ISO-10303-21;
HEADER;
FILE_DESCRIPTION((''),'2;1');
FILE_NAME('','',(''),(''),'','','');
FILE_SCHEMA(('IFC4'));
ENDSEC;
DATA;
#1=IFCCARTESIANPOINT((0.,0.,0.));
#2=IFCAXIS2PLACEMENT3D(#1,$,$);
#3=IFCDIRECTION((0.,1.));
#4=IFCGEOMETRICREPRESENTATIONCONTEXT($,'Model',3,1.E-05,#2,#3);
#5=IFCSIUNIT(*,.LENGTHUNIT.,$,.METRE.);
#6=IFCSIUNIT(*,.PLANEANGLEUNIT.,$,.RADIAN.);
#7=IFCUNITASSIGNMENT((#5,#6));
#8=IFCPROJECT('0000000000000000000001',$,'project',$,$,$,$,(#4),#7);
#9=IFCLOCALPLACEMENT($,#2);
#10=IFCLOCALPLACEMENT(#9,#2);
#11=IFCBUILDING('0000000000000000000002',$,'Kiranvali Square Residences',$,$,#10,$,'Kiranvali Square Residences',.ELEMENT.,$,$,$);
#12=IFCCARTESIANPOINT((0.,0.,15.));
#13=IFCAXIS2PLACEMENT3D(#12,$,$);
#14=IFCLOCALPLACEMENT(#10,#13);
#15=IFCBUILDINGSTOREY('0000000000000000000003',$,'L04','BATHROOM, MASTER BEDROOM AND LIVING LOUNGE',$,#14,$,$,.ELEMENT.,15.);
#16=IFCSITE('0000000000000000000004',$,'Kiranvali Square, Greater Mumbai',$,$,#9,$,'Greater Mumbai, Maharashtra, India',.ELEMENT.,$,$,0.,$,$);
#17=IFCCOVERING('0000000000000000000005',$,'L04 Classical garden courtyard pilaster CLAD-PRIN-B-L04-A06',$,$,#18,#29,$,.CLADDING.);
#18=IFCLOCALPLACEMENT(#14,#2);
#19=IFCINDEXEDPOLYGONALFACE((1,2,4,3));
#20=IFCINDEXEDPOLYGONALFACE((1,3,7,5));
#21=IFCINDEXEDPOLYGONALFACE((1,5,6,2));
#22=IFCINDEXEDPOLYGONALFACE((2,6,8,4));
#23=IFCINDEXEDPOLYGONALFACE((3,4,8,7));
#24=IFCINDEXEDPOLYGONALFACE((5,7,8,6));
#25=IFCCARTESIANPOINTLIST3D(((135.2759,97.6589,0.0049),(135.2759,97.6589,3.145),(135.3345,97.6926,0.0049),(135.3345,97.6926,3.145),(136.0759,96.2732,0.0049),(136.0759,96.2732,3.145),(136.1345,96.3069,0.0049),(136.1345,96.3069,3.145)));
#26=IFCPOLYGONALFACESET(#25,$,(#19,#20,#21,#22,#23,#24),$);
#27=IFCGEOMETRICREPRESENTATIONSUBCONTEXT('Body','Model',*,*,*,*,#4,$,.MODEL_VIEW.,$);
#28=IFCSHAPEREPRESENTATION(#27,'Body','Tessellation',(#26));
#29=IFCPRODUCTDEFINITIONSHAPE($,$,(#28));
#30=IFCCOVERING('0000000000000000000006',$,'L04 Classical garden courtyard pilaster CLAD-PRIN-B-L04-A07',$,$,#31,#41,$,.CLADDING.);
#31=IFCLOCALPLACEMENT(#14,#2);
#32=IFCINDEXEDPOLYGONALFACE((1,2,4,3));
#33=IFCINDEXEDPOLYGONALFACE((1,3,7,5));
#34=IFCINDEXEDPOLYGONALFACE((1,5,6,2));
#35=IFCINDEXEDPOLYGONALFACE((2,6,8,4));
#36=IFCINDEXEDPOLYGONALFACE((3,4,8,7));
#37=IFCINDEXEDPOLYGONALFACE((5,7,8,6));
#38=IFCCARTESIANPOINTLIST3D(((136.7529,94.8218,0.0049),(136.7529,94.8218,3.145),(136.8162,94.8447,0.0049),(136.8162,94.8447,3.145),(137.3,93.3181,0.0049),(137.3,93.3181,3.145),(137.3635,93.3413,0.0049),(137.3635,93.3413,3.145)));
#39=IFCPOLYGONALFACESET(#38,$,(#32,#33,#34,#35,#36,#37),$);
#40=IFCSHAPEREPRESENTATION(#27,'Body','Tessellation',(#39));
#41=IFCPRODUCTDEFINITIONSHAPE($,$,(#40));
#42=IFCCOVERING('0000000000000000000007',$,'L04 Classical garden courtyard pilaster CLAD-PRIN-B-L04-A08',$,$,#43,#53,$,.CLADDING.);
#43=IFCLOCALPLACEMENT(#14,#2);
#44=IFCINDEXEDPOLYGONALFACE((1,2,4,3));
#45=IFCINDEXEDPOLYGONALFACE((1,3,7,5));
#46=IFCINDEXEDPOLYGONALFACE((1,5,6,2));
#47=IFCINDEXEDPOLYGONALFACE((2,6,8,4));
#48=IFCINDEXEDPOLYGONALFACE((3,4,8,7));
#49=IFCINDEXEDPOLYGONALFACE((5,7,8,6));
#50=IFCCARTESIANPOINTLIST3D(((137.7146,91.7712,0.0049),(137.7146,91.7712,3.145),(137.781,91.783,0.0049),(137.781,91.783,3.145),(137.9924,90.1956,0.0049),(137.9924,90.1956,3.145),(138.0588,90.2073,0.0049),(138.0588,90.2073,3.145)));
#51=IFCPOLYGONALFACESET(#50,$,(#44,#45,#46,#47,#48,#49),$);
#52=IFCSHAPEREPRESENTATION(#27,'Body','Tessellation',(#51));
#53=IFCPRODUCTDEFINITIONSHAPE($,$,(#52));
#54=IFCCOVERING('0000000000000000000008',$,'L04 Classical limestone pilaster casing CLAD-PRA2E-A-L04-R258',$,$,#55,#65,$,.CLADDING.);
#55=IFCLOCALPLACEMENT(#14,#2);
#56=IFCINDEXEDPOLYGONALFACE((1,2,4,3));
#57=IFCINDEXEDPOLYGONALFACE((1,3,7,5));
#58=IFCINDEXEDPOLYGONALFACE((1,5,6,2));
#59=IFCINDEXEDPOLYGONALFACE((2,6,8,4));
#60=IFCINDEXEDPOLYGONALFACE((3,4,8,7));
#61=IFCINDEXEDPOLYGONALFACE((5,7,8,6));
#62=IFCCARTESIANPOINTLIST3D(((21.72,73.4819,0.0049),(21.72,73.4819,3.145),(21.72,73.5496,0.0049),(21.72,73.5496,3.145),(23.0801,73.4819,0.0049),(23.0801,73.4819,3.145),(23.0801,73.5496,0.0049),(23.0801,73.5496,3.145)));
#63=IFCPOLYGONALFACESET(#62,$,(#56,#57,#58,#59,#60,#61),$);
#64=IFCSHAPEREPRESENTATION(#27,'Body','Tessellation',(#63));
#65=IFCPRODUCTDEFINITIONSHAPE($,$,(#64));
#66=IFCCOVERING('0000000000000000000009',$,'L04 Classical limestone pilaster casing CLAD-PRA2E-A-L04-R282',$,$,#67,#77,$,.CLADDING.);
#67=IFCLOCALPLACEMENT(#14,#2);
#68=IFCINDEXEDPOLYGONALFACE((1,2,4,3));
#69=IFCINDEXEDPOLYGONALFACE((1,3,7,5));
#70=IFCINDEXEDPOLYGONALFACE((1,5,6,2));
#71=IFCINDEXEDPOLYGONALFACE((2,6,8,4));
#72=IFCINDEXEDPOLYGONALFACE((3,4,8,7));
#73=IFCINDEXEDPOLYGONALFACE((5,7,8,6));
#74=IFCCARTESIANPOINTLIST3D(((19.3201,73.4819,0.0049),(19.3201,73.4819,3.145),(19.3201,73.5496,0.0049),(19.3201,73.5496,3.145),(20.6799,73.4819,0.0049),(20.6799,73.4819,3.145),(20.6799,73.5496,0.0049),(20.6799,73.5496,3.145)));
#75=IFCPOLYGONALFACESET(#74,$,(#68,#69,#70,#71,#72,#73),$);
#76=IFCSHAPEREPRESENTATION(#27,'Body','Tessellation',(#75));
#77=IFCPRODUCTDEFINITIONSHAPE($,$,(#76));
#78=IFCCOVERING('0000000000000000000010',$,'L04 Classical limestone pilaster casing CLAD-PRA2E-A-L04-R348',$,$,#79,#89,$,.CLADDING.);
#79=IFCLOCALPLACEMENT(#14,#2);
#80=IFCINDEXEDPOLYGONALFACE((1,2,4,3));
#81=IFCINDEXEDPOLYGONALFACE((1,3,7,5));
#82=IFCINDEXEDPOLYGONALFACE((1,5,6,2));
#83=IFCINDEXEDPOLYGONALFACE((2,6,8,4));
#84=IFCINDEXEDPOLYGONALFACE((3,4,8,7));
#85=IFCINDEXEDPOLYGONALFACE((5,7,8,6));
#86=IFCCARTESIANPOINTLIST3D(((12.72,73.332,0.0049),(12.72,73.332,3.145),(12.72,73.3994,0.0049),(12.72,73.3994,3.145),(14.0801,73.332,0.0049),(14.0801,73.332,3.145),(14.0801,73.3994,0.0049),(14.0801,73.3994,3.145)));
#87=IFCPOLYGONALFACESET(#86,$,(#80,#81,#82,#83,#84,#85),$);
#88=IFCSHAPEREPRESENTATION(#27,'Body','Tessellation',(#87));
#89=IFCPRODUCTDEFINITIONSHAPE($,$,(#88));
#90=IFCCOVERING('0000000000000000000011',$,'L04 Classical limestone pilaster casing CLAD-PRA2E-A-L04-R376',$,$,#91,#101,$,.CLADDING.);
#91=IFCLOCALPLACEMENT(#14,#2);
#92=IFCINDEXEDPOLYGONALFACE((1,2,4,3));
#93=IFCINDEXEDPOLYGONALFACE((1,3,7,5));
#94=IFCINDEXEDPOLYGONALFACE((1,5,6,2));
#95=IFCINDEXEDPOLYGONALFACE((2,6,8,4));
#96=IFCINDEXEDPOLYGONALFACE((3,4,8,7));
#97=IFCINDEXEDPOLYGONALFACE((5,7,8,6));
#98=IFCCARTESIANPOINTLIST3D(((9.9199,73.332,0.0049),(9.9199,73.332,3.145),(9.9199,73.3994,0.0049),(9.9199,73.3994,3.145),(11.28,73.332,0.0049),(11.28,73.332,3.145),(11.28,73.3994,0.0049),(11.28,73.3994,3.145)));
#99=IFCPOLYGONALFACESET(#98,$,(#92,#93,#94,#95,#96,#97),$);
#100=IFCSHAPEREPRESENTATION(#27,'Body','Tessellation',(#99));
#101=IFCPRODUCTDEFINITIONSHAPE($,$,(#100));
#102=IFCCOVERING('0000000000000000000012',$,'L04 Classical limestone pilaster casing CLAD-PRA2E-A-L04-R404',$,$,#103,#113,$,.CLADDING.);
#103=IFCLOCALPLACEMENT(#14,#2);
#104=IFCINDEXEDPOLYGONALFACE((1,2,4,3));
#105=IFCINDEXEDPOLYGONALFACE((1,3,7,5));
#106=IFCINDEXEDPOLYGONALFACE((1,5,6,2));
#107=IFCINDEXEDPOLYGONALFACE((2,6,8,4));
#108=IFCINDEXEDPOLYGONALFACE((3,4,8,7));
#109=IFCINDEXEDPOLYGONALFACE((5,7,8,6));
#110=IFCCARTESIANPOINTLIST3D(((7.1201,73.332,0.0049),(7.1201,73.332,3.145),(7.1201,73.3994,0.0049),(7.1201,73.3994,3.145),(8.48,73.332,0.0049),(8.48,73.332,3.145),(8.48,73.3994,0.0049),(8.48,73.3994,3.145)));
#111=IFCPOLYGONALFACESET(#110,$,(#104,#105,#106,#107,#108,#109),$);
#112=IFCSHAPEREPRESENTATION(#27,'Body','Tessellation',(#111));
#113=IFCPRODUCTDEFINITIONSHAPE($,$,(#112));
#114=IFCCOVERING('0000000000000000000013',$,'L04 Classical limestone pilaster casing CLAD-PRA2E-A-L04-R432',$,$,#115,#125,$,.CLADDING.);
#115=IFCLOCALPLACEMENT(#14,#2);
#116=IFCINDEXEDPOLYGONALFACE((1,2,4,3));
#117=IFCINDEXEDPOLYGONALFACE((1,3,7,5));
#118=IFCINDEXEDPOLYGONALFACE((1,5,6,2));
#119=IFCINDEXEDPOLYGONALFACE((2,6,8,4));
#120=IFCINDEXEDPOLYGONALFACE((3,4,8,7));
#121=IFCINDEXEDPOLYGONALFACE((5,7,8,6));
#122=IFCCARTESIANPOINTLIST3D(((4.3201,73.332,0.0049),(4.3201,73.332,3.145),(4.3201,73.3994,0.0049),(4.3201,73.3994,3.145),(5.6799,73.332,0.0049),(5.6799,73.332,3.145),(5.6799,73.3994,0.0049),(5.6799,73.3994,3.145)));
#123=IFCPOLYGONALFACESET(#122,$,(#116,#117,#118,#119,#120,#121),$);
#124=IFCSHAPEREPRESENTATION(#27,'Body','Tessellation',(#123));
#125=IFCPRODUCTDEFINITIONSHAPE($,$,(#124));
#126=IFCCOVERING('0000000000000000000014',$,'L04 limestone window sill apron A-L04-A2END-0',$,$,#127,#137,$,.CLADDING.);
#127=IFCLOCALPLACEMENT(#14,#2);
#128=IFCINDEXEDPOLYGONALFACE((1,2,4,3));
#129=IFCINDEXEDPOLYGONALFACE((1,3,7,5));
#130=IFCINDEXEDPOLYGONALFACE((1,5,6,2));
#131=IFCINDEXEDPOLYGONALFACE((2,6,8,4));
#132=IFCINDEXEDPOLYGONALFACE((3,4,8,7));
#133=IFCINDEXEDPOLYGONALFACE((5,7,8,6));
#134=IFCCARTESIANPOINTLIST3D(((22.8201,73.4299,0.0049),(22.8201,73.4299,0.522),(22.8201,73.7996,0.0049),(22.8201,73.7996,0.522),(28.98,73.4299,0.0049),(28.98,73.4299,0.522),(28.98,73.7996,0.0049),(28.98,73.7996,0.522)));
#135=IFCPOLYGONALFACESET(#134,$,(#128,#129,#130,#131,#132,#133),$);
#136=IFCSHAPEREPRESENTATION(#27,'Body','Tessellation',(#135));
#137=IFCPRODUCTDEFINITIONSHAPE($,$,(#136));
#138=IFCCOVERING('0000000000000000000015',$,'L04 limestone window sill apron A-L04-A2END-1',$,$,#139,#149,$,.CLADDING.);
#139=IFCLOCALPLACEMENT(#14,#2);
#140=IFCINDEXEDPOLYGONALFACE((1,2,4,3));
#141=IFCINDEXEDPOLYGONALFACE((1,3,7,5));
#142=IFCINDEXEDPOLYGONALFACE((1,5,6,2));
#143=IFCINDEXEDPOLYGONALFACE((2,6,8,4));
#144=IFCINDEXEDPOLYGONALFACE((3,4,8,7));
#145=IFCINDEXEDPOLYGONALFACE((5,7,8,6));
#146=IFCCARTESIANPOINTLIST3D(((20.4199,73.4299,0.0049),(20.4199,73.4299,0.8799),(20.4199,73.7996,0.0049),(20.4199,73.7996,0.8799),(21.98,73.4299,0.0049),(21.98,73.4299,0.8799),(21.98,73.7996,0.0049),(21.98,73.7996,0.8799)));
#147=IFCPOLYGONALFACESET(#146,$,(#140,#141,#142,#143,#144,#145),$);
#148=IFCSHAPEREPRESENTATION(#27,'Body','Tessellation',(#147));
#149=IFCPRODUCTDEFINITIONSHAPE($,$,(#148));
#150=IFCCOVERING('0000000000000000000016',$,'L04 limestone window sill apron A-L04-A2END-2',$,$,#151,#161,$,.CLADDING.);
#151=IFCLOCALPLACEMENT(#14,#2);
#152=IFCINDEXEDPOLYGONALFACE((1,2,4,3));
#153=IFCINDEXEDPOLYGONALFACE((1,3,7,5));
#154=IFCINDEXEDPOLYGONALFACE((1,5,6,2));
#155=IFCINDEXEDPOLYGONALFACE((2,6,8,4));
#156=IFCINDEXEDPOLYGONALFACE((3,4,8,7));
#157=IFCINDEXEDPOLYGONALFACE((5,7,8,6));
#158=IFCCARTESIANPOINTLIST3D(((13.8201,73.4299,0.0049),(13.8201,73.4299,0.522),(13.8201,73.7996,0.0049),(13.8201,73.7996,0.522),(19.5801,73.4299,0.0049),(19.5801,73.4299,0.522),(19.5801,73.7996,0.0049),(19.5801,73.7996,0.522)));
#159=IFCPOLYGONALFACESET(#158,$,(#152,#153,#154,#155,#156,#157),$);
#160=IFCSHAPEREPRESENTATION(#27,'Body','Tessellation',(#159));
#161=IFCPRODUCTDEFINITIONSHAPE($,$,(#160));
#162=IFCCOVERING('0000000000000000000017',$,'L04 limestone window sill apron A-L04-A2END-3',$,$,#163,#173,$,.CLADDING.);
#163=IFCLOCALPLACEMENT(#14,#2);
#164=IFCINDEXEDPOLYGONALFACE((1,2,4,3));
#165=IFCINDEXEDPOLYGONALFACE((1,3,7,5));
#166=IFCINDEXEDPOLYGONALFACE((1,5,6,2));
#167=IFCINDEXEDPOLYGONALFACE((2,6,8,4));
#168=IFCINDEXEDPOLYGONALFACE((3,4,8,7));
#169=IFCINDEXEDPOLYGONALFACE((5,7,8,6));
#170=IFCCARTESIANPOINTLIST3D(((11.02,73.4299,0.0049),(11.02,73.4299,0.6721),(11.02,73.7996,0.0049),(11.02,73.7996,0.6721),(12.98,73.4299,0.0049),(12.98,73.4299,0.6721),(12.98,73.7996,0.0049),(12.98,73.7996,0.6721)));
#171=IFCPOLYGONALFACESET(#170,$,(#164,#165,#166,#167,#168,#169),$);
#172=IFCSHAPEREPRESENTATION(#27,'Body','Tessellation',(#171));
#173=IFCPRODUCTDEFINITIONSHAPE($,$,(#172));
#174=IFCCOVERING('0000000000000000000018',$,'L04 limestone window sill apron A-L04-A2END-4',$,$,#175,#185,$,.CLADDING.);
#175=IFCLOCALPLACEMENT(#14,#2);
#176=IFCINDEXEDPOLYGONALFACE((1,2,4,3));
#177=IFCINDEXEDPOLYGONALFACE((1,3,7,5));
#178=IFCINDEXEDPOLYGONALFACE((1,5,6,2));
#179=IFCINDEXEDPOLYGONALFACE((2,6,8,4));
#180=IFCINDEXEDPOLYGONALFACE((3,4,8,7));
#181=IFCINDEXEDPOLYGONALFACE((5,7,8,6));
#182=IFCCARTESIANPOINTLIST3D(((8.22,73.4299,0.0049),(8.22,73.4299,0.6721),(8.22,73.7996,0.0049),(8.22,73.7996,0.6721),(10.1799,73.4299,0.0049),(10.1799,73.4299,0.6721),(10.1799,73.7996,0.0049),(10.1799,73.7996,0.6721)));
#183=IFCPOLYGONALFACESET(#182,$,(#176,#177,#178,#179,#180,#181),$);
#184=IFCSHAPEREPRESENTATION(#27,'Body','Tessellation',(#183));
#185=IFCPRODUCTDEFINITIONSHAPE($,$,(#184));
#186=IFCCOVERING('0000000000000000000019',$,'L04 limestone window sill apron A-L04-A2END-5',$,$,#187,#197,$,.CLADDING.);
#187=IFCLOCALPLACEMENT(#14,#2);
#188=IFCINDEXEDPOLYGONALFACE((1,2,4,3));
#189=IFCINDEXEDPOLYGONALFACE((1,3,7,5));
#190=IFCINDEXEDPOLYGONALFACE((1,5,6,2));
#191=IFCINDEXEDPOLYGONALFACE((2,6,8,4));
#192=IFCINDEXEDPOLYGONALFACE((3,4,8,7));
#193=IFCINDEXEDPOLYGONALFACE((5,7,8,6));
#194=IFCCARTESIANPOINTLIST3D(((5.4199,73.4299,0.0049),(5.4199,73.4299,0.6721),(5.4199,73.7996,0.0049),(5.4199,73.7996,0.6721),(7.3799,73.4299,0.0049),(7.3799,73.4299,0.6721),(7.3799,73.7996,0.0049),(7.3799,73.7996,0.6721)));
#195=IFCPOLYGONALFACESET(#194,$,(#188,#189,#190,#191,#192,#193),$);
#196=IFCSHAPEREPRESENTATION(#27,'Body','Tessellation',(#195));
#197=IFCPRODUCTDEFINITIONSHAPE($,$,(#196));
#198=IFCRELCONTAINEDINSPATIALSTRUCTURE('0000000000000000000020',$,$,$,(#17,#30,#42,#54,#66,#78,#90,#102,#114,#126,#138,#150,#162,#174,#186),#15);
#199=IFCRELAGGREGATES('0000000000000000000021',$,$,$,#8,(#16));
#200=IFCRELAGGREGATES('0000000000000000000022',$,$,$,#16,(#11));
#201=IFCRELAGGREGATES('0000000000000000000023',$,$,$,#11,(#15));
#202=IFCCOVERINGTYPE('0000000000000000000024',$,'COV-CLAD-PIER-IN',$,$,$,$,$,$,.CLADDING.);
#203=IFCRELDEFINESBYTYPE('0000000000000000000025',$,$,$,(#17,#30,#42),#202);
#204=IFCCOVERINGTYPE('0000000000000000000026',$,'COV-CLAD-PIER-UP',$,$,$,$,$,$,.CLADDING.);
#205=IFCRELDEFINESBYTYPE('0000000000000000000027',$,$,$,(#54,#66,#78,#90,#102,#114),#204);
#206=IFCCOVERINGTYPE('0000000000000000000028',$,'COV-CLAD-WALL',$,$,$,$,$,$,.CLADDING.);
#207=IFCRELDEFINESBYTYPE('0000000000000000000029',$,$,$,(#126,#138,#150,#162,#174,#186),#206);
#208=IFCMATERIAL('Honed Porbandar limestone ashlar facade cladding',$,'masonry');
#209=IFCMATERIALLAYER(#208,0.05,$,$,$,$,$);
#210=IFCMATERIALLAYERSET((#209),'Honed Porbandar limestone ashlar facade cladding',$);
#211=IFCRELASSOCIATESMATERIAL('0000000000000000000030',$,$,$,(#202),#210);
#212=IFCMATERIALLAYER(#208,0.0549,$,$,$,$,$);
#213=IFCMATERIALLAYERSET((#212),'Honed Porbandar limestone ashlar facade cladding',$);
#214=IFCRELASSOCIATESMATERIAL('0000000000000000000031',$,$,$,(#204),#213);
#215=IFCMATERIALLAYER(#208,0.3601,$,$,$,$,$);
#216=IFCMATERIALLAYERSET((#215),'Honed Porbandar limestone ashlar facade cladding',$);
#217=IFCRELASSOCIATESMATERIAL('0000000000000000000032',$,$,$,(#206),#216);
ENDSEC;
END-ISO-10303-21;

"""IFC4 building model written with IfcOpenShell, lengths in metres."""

from ifc_helpers import new_model, si_unit, direction, frame, origin, place, context, subcontext, project, spatial, polyline, outline, extrude, material, layer, layer_set, type_object, element, save


model = new_model("IFC4")

# Units and contexts
model_context = context("Model", 3, precision=1e-05, world=origin(), true_north=direction((0.0, 1.0)))
body_context = subcontext(model_context, "Body", "Model", "MODEL_VIEW")
ifc_project = project(units=[si_unit("LENGTHUNIT", "METRE"), si_unit("PLANEANGLEUNIT", "RADIAN")], contexts=[model_context])

# Site, building, storey
site_placement = place(None, origin())
site = spatial("IfcSite", under=ifc_project, at=site_placement, Name="Kiranvali Square, Greater Mumbai", LongName="Greater Mumbai, Maharashtra, India", CompositionType="ELEMENT", RefElevation=0.0)
building_placement = place(site_placement, origin())
building = spatial("IfcBuilding", under=site, at=building_placement, Name="Kiranvali Square Residences", LongName="Kiranvali Square Residences", CompositionType="ELEMENT")
storey_placement = place(building_placement, frame((0.0, 0.0, 15.0)))
storey = spatial("IfcBuildingStorey", under=building, at=storey_placement, Name="L04", Description="BATHROOM, MASTER BEDROOM AND LIVING LOUNGE", CompositionType="ELEMENT", Elevation=15.0)

# Coverings
ifc_material = material(Name="Honed Porbandar limestone ashlar facade cladding", Category="masonry")
ifc_layer_1 = layer(ifc_material, 0.05)
ifc_layer_set_1 = layer_set([ifc_layer_1], Name="Honed Porbandar limestone ashlar facade cladding")
covering_type_1 = type_object("IfcCoveringType", Name="COV-CLAD-PIER-IN", PredefinedType="CLADDING", material=ifc_layer_set_1)
covering_1_placement = place(storey_placement, frame((0.0, 0.0, 0.0049)))
element("IfcCovering", 1, at=covering_1_placement, inside=storey, type_object=covering_type_1, Name="L04 Classical garden courtyard pilaster CLAD-PRIN-B-L04-A06", PredefinedType="CLADDING", context=body_context, shape_type="SweptSolid", body=[
    extrude(outline(polyline([(135.2759, 97.6589), (136.0759, 96.2732), (136.1345, 96.3069), (135.3345, 97.6926), (135.2759, 97.6589)])), origin(), (0.0, 0.0, 1.0), 3.1401),
])
covering_2_placement = place(storey_placement, frame((0.0, 0.0, 0.0049)))
element("IfcCovering", 2, at=covering_2_placement, inside=storey, type_object=covering_type_1, Name="L04 Classical garden courtyard pilaster CLAD-PRIN-B-L04-A07", PredefinedType="CLADDING", context=body_context, shape_type="SweptSolid", body=[
    extrude(outline(polyline([(136.7529, 94.8218), (137.3, 93.3181), (137.3635, 93.3413), (136.8162, 94.8447), (136.7529, 94.8218)])), origin(), (0.0, 0.0, 1.0), 3.1401),
])
covering_3_placement = place(storey_placement, frame((0.0, 0.0, 0.0049)))
element("IfcCovering", 3, at=covering_3_placement, inside=storey, type_object=covering_type_1, Name="L04 Classical garden courtyard pilaster CLAD-PRIN-B-L04-A08", PredefinedType="CLADDING", context=body_context, shape_type="SweptSolid", body=[
    extrude(outline(polyline([(137.7146, 91.7712), (137.9924, 90.1956), (138.0588, 90.2073), (137.781, 91.783), (137.7146, 91.7712)])), origin(), (0.0, 0.0, 1.0), 3.1401),
])
ifc_layer_2 = layer(ifc_material, 0.0549)
ifc_layer_set_2 = layer_set([ifc_layer_2], Name="Honed Porbandar limestone ashlar facade cladding")
covering_type_2 = type_object("IfcCoveringType", Name="COV-CLAD-PIER-UP", PredefinedType="CLADDING", material=ifc_layer_set_2)
covering_4_placement = place(storey_placement, frame((0.0, 0.0, 0.0049)))
element("IfcCovering", 4, at=covering_4_placement, inside=storey, type_object=covering_type_2, Name="L04 Classical limestone pilaster casing CLAD-PRA2E-A-L04-R258", PredefinedType="CLADDING", context=body_context, shape_type="SweptSolid", body=[
    extrude(outline(polyline([(23.0801, 73.5496), (21.72, 73.5496), (21.72, 73.4819), (23.0801, 73.4819), (23.0801, 73.5496)])), origin(), (0.0, 0.0, 1.0), 3.1401),
])
covering_5_placement = place(storey_placement, frame((0.0, 0.0, 0.0049)))
element("IfcCovering", 5, at=covering_5_placement, inside=storey, type_object=covering_type_2, Name="L04 Classical limestone pilaster casing CLAD-PRA2E-A-L04-R282", PredefinedType="CLADDING", context=body_context, shape_type="SweptSolid", body=[
    extrude(outline(polyline([(20.6799, 73.5496), (19.3201, 73.5496), (19.3201, 73.4819), (20.6799, 73.4819), (20.6799, 73.5496)])), origin(), (0.0, 0.0, 1.0), 3.1401),
])
covering_6_placement = place(storey_placement, frame((0.0, 0.0, 0.0049)))
element("IfcCovering", 6, at=covering_6_placement, inside=storey, type_object=covering_type_2, Name="L04 Classical limestone pilaster casing CLAD-PRA2E-A-L04-R348", PredefinedType="CLADDING", context=body_context, shape_type="SweptSolid", body=[
    extrude(outline(polyline([(14.0801, 73.3994), (12.72, 73.3994), (12.72, 73.332), (14.0801, 73.332), (14.0801, 73.3994)])), origin(), (0.0, 0.0, 1.0), 3.1401),
])
covering_7_placement = place(storey_placement, frame((0.0, 0.0, 0.0049)))
element("IfcCovering", 7, at=covering_7_placement, inside=storey, type_object=covering_type_2, Name="L04 Classical limestone pilaster casing CLAD-PRA2E-A-L04-R376", PredefinedType="CLADDING", context=body_context, shape_type="SweptSolid", body=[
    extrude(outline(polyline([(11.28, 73.3994), (9.9199, 73.3994), (9.9199, 73.332), (11.28, 73.332), (11.28, 73.3994)])), origin(), (0.0, 0.0, 1.0), 3.1401),
])
covering_8_placement = place(storey_placement, frame((0.0, 0.0, 0.0049)))
element("IfcCovering", 8, at=covering_8_placement, inside=storey, type_object=covering_type_2, Name="L04 Classical limestone pilaster casing CLAD-PRA2E-A-L04-R404", PredefinedType="CLADDING", context=body_context, shape_type="SweptSolid", body=[
    extrude(outline(polyline([(8.48, 73.3994), (7.1201, 73.3994), (7.1201, 73.332), (8.48, 73.332), (8.48, 73.3994)])), origin(), (0.0, 0.0, 1.0), 3.1401),
])
covering_9_placement = place(storey_placement, frame((0.0, 0.0, 0.0049)))
element("IfcCovering", 9, at=covering_9_placement, inside=storey, type_object=covering_type_2, Name="L04 Classical limestone pilaster casing CLAD-PRA2E-A-L04-R432", PredefinedType="CLADDING", context=body_context, shape_type="SweptSolid", body=[
    extrude(outline(polyline([(5.6799, 73.3994), (4.3201, 73.3994), (4.3201, 73.332), (5.6799, 73.332), (5.6799, 73.3994)])), origin(), (0.0, 0.0, 1.0), 3.1401),
])
ifc_layer_3 = layer(ifc_material, 0.3601)
ifc_layer_set_3 = layer_set([ifc_layer_3], Name="Honed Porbandar limestone ashlar facade cladding")
covering_type_3 = type_object("IfcCoveringType", Name="COV-CLAD-WALL", PredefinedType="CLADDING", material=ifc_layer_set_3)
covering_10_placement = place(storey_placement, frame((0.0, 0.0, 0.0049)))
element("IfcCovering", 10, at=covering_10_placement, inside=storey, type_object=covering_type_3, Name="L04 limestone window sill apron A-L04-A2END-0", PredefinedType="CLADDING", context=body_context, shape_type="SweptSolid", body=[
    extrude(outline(polyline([(28.98, 73.7996), (22.8201, 73.7996), (22.8201, 73.4299), (28.98, 73.4299), (28.98, 73.7996)])), origin(), (0.0, 0.0, 1.0), 0.5171),
])
covering_11_placement = place(storey_placement, frame((0.0, 0.0, 0.0049)))
element("IfcCovering", 11, at=covering_11_placement, inside=storey, type_object=covering_type_3, Name="L04 limestone window sill apron A-L04-A2END-1", PredefinedType="CLADDING", context=body_context, shape_type="SweptSolid", body=[
    extrude(outline(polyline([(21.98, 73.7996), (20.4199, 73.7996), (20.4199, 73.4299), (21.98, 73.4299), (21.98, 73.7996)])), origin(), (0.0, 0.0, 1.0), 0.875),
])
covering_12_placement = place(storey_placement, frame((0.0, 0.0, 0.0049)))
element("IfcCovering", 12, at=covering_12_placement, inside=storey, type_object=covering_type_3, Name="L04 limestone window sill apron A-L04-A2END-2", PredefinedType="CLADDING", context=body_context, shape_type="SweptSolid", body=[
    extrude(outline(polyline([(19.5801, 73.7996), (13.8201, 73.7996), (13.8201, 73.4299), (19.5801, 73.4299), (19.5801, 73.7996)])), origin(), (0.0, 0.0, 1.0), 0.5171),
])
covering_13_placement = place(storey_placement, frame((0.0, 0.0, 0.0049)))
element("IfcCovering", 13, at=covering_13_placement, inside=storey, type_object=covering_type_3, Name="L04 limestone window sill apron A-L04-A2END-3", PredefinedType="CLADDING", context=body_context, shape_type="SweptSolid", body=[
    extrude(outline(polyline([(12.98, 73.7996), (11.02, 73.7996), (11.02, 73.4299), (12.98, 73.4299), (12.98, 73.7996)])), origin(), (0.0, 0.0, 1.0), 0.6672),
])
covering_14_placement = place(storey_placement, frame((0.0, 0.0, 0.0049)))
element("IfcCovering", 14, at=covering_14_placement, inside=storey, type_object=covering_type_3, Name="L04 limestone window sill apron A-L04-A2END-4", PredefinedType="CLADDING", context=body_context, shape_type="SweptSolid", body=[
    extrude(outline(polyline([(10.1799, 73.7996), (8.22, 73.7996), (8.22, 73.4299), (10.1799, 73.4299), (10.1799, 73.7996)])), origin(), (0.0, 0.0, 1.0), 0.6672),
])
covering_15_placement = place(storey_placement, frame((0.0, 0.0, 0.0049)))
element("IfcCovering", 15, at=covering_15_placement, inside=storey, type_object=covering_type_3, Name="L04 limestone window sill apron A-L04-A2END-5", PredefinedType="CLADDING", context=body_context, shape_type="SweptSolid", body=[
    extrude(outline(polyline([(7.3799, 73.7996), (5.4199, 73.7996), (5.4199, 73.4299), (7.3799, 73.4299), (7.3799, 73.7996)])), origin(), (0.0, 0.0, 1.0), 0.6672),
])

save(model, "model.ifc")
